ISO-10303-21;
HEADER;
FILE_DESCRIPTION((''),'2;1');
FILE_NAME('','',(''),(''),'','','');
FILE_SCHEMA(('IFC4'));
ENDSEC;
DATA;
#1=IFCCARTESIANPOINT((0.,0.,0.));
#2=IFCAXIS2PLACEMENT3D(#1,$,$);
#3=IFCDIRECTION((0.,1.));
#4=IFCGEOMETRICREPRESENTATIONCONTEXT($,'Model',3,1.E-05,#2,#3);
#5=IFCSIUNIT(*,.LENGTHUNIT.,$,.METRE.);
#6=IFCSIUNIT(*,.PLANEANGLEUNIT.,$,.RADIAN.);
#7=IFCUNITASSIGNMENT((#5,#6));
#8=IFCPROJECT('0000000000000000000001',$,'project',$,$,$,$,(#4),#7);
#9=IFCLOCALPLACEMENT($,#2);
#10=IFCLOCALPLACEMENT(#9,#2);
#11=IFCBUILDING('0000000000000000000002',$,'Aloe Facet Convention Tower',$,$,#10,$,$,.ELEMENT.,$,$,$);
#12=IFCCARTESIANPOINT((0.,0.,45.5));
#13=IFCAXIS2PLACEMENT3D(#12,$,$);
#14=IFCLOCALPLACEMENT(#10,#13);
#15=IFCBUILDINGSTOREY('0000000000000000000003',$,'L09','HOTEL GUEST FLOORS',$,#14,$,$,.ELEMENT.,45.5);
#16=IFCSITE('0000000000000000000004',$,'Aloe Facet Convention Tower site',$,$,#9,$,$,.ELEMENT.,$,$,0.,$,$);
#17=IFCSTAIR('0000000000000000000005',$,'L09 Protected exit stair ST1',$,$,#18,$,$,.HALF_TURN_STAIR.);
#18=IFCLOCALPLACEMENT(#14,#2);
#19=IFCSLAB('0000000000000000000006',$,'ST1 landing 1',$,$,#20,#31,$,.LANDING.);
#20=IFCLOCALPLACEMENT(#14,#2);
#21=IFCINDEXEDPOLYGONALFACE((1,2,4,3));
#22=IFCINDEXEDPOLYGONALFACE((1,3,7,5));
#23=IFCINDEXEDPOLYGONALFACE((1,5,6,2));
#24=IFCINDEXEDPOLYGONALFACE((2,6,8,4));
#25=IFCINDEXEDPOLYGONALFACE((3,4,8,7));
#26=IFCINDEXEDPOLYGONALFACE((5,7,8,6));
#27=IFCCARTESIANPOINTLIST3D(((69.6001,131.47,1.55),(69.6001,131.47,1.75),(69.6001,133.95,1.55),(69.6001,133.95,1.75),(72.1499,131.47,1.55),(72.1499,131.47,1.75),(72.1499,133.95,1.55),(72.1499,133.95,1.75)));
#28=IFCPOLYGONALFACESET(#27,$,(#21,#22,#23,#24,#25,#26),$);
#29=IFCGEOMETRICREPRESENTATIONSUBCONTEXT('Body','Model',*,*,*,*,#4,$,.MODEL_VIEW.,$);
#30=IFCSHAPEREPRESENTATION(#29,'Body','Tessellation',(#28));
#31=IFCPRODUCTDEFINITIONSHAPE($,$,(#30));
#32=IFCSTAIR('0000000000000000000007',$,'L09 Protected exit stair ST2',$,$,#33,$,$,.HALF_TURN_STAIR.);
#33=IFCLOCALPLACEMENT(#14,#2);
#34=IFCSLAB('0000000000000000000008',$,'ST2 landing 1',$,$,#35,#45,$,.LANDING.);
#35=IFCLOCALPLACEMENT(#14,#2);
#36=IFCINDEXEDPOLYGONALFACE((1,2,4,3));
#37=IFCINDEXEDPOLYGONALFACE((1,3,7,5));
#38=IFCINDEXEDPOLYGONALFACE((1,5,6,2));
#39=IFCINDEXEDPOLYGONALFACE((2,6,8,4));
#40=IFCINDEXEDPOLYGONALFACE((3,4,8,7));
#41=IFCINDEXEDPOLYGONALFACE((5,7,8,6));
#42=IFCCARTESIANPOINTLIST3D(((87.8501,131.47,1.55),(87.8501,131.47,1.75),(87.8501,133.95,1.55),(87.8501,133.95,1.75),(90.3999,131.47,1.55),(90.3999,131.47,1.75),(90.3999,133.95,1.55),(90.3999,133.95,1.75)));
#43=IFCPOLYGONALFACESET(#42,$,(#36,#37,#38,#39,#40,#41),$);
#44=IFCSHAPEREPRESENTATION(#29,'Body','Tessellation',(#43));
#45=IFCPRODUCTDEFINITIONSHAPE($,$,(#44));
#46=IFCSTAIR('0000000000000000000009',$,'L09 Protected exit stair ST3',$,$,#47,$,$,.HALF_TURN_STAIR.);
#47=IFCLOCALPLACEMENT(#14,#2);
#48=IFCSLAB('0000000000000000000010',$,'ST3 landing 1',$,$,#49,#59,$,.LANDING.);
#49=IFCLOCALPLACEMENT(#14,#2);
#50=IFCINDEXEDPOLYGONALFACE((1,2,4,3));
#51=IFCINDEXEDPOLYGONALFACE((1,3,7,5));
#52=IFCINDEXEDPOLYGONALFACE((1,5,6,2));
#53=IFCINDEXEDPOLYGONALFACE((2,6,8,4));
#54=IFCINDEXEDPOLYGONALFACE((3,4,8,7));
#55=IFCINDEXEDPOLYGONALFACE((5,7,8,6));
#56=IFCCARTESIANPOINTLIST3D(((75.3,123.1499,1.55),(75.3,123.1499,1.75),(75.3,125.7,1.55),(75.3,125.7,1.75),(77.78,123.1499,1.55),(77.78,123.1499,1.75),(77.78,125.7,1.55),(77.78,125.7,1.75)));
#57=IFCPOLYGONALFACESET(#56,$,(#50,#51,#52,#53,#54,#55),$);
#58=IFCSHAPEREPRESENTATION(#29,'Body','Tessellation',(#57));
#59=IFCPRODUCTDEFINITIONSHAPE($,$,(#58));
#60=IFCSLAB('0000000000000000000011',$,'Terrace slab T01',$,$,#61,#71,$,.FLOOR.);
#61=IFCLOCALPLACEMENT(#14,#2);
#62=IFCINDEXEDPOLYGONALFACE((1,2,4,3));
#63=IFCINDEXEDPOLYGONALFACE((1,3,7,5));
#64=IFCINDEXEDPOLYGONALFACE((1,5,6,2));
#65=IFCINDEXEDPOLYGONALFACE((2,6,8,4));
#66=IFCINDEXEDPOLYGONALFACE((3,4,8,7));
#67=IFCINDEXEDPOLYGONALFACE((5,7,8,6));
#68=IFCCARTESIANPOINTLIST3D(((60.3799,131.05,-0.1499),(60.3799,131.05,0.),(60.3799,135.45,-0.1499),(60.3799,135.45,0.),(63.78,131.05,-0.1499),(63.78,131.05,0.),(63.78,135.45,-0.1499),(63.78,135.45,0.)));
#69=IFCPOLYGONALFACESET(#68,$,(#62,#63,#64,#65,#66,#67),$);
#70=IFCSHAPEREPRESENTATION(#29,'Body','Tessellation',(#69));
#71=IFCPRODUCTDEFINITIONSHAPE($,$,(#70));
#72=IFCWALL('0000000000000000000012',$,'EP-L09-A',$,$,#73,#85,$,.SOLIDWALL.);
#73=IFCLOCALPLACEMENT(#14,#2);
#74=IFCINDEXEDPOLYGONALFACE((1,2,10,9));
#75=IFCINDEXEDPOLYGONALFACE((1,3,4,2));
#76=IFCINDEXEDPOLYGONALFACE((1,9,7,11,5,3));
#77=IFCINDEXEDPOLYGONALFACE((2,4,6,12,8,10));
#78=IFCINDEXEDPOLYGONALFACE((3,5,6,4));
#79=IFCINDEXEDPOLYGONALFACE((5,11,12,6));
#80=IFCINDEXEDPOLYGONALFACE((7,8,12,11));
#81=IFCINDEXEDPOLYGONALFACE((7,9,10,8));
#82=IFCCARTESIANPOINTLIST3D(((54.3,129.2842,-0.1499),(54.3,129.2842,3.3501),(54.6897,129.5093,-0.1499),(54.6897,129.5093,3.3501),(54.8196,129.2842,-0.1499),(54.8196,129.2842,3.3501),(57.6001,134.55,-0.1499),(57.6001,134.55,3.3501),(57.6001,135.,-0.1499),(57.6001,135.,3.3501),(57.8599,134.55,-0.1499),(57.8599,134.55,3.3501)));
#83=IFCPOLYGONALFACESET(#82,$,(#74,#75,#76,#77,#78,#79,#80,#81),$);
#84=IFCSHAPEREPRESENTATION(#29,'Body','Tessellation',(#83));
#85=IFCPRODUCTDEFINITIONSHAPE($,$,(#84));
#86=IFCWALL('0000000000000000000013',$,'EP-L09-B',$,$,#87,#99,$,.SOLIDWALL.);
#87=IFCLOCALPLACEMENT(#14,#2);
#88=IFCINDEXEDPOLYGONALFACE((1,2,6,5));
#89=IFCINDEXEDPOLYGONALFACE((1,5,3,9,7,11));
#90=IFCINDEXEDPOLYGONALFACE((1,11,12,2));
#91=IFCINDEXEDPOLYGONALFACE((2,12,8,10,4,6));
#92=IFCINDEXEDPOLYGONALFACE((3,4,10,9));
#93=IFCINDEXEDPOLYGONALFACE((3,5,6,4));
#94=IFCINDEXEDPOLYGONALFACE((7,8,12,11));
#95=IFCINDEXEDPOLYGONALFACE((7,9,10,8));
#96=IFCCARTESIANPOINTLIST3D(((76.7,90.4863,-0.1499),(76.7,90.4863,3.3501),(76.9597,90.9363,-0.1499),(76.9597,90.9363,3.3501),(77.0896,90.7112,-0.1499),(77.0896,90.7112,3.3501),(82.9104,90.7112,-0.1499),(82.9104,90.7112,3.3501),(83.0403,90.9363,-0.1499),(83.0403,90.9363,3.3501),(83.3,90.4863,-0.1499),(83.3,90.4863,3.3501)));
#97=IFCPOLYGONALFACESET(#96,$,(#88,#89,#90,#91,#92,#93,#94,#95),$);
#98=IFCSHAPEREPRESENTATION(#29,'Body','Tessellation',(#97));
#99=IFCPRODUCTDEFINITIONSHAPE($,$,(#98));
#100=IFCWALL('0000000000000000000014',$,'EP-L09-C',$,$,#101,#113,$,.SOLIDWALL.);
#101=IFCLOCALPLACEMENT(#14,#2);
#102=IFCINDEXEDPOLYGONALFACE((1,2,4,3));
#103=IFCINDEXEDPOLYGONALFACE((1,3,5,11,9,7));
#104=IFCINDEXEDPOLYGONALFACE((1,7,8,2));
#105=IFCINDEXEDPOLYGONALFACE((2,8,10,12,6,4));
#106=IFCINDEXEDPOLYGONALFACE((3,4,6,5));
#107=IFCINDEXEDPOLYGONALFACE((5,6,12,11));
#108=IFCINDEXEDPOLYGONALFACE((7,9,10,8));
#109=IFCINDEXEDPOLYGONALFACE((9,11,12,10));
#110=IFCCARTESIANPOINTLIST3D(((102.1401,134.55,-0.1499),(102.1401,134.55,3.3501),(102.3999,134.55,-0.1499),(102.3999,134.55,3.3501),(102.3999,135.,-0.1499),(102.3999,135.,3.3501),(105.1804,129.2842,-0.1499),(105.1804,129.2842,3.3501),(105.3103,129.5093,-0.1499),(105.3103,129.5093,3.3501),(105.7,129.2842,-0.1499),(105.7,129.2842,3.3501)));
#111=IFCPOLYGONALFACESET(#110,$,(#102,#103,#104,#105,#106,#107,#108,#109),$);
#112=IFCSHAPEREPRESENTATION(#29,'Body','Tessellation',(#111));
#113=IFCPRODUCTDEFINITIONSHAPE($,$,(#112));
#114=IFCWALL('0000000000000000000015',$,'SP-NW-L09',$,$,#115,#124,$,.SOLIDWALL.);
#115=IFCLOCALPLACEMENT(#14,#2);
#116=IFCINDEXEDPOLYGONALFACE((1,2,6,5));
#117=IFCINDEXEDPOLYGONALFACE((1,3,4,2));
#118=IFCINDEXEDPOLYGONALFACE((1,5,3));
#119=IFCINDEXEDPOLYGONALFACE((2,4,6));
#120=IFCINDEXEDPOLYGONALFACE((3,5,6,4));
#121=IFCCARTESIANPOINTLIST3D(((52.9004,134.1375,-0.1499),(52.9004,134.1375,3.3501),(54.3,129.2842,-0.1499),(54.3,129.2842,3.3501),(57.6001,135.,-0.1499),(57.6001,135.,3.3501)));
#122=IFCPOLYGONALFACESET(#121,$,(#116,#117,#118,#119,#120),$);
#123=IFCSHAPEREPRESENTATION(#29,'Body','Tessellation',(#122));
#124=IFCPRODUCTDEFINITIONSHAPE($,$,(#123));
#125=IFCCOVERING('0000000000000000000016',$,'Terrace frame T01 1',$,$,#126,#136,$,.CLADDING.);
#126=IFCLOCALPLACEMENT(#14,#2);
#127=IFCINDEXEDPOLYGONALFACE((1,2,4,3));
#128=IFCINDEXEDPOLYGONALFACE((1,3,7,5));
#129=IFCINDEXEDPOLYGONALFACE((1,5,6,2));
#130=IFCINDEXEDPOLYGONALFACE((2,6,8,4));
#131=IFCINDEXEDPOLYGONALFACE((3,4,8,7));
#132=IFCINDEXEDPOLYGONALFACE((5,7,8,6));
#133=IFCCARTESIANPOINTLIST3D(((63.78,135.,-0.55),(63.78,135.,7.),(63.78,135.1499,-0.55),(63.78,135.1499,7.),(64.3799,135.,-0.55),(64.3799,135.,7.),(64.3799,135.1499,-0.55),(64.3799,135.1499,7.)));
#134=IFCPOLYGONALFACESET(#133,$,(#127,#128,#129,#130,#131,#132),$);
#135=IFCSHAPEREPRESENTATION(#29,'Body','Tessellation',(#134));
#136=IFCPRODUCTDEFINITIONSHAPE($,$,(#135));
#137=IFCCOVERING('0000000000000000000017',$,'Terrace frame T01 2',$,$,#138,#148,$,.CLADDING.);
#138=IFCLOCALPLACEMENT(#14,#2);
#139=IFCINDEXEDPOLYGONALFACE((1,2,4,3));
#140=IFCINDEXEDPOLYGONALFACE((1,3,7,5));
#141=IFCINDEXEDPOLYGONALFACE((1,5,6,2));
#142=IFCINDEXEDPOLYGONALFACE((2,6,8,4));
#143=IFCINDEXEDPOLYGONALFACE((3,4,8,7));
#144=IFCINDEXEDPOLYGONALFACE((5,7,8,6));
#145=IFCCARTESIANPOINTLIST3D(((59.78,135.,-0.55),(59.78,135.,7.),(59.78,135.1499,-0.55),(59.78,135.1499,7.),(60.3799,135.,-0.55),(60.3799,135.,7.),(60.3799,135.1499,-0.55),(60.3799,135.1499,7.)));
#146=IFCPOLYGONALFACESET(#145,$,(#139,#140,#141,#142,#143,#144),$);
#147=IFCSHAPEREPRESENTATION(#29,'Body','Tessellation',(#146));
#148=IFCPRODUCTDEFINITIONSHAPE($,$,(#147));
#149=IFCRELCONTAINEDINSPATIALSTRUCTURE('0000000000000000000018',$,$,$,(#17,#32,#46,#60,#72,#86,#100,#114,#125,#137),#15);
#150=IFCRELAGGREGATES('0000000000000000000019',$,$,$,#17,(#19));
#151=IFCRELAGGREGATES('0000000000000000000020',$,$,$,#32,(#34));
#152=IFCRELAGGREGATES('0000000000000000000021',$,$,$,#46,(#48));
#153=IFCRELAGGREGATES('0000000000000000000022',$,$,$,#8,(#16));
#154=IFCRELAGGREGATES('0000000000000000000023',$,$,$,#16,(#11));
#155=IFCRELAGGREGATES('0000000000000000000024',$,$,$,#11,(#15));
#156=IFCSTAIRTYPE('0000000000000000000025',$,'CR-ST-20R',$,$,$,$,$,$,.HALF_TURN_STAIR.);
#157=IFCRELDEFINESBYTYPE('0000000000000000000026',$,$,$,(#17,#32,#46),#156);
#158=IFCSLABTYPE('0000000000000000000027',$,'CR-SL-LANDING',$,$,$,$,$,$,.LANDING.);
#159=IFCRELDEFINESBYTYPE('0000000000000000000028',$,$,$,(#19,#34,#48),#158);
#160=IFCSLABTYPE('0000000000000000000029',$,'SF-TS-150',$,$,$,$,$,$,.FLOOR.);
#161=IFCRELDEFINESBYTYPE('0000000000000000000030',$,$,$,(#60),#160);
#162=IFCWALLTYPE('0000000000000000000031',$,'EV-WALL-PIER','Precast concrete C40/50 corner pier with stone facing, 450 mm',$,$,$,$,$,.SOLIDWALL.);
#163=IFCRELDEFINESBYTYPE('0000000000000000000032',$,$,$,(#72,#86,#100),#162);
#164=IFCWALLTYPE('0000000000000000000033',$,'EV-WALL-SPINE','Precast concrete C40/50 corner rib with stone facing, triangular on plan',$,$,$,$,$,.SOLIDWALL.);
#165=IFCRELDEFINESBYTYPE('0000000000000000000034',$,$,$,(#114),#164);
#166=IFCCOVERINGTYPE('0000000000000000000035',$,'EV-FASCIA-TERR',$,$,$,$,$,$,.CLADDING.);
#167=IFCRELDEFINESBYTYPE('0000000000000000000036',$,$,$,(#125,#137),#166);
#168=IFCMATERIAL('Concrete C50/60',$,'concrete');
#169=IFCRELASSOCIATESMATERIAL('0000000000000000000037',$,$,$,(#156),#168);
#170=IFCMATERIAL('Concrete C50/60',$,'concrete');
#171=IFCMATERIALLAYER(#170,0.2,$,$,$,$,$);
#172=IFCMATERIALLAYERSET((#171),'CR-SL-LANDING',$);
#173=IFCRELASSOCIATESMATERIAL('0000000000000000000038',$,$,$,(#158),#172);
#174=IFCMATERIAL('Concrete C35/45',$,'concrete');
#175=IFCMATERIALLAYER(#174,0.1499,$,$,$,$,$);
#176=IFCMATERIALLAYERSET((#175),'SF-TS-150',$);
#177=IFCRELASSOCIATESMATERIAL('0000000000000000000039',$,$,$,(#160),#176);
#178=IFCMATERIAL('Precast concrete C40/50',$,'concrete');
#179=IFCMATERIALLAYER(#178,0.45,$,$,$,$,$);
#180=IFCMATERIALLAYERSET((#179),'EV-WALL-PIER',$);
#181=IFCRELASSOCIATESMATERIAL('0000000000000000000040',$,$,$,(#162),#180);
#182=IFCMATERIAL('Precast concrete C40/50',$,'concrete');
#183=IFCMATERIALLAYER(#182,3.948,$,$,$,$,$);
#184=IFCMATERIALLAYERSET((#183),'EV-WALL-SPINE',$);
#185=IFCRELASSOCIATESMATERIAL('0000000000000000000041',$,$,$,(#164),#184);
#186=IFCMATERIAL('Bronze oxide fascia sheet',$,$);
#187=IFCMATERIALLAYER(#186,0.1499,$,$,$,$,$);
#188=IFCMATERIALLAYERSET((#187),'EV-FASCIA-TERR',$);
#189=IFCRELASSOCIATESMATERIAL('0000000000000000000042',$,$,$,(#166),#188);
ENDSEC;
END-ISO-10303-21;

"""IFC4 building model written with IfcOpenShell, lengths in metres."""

from ifc_helpers import new_model, si_unit, direction, frame, origin, place, context, subcontext, project, spatial, polyline, outline, extrude, material, layer, layer_set, type_object, element, aggregate, save


model = new_model("IFC4")

# Units and contexts
model_context = context("Model", 3, precision=1e-05, world=origin(), true_north=direction((0.0, 1.0)))
body_context = subcontext(model_context, "Body", "Model", "MODEL_VIEW")
ifc_project = project(units=[si_unit("LENGTHUNIT", "METRE"), si_unit("PLANEANGLEUNIT", "RADIAN")], contexts=[model_context])

# Site, building, storey
site_placement = place(None, origin())
site = spatial("IfcSite", under=ifc_project, at=site_placement, Name="Aloe Facet Convention Tower site", CompositionType="ELEMENT", RefElevation=0.0)
building_placement = place(site_placement, origin())
building = spatial("IfcBuilding", under=site, at=building_placement, Name="Aloe Facet Convention Tower", CompositionType="ELEMENT")
storey_placement = place(building_placement, frame((0.0, 0.0, 45.5)))
storey = spatial("IfcBuildingStorey", under=building, at=storey_placement, Name="L09", Description="HOTEL GUEST FLOORS", CompositionType="ELEMENT", Elevation=45.5)

# Stairs, slabs
ifc_material_1 = material(Name="Concrete C50/60", Category="concrete")
stair_type = type_object("IfcStairType", Name="CR-ST-20R", PredefinedType="HALF_TURN_STAIR", material=ifc_material_1)
stair_1_placement = place(storey_placement, origin())
stair_1 = element("IfcStair", 1, at=stair_1_placement, inside=storey, type_object=stair_type, Name="L09 Protected exit stair ST1", PredefinedType="HALF_TURN_STAIR")
ifc_material_2 = material(Name="Concrete C50/60", Category="concrete")
ifc_layer_1 = layer(ifc_material_2, 0.2)
ifc_layer_set_1 = layer_set([ifc_layer_1], Name="CR-SL-LANDING")
slab_type_1 = type_object("IfcSlabType", Name="CR-SL-LANDING", PredefinedType="LANDING", material=ifc_layer_set_1)
slab_1_placement = place(storey_placement, frame((0.0, 0.0, 1.55)))
slab_1 = element("IfcSlab", 2, at=slab_1_placement, type_object=slab_type_1, Name="ST1 landing 1", PredefinedType="LANDING", context=body_context, shape_type="SweptSolid", body=[
    extrude(outline(polyline([(72.1499, 131.47), (72.1499, 133.95), (69.6001, 133.95), (69.6001, 131.47), (72.1499, 131.47)])), origin(), (0.0, 0.0, 1.0), 0.2),
])
aggregate(stair_1, [slab_1])
stair_2_placement = place(storey_placement, origin())
stair_2 = element("IfcStair", 3, at=stair_2_placement, inside=storey, type_object=stair_type, Name="L09 Protected exit stair ST2", PredefinedType="HALF_TURN_STAIR")
slab_2_placement = place(storey_placement, frame((0.0, 0.0, 1.55)))
slab_2 = element("IfcSlab", 4, at=slab_2_placement, type_object=slab_type_1, Name="ST2 landing 1", PredefinedType="LANDING", context=body_context, shape_type="SweptSolid", body=[
    extrude(outline(polyline([(90.3999, 131.47), (90.3999, 133.95), (87.8501, 133.95), (87.8501, 131.47), (90.3999, 131.47)])), origin(), (0.0, 0.0, 1.0), 0.2),
])
aggregate(stair_2, [slab_2])
stair_3_placement = place(storey_placement, origin())
stair_3 = element("IfcStair", 5, at=stair_3_placement, inside=storey, type_object=stair_type, Name="L09 Protected exit stair ST3", PredefinedType="HALF_TURN_STAIR")
slab_3_placement = place(storey_placement, frame((0.0, 0.0, 1.55)))
slab_3 = element("IfcSlab", 6, at=slab_3_placement, type_object=slab_type_1, Name="ST3 landing 1", PredefinedType="LANDING", context=body_context, shape_type="SweptSolid", body=[
    extrude(outline(polyline([(77.78, 125.7), (75.3, 125.7), (75.3, 123.1499), (77.78, 123.1499), (77.78, 125.7)])), origin(), (0.0, 0.0, 1.0), 0.2),
])
aggregate(stair_3, [slab_3])

# Slab
ifc_material_3 = material(Name="Concrete C35/45", Category="concrete")
ifc_layer_2 = layer(ifc_material_3, 0.1499)
ifc_layer_set_2 = layer_set([ifc_layer_2], Name="SF-TS-150")
slab_type_2 = type_object("IfcSlabType", Name="SF-TS-150", PredefinedType="FLOOR", material=ifc_layer_set_2)
slab_4_placement = place(storey_placement, frame((0.0, 0.0, -0.1499)))
element("IfcSlab", 7, at=slab_4_placement, inside=storey, type_object=slab_type_2, Name="Terrace slab T01", PredefinedType="FLOOR", context=body_context, shape_type="SweptSolid", body=[
    extrude(outline(polyline([(63.78, 135.45), (63.78, 131.05), (60.3799, 131.05), (60.3799, 135.45), (63.78, 135.45)])), origin(), (0.0, 0.0, 1.0), 0.1499),
])

# Walls
ifc_material_4 = material(Name="Precast concrete C40/50", Category="concrete")
ifc_layer_3 = layer(ifc_material_4, 0.45)
ifc_layer_set_3 = layer_set([ifc_layer_3], Name="EV-WALL-PIER")
wall_type_1 = type_object("IfcWallType", Name="EV-WALL-PIER", Description="Precast concrete C40/50 corner pier with stone facing, 450 mm", PredefinedType="SOLIDWALL", material=ifc_layer_set_3)
wall_1_placement = place(storey_placement, frame((0.0, 0.0, -0.1499)))
element("IfcWall", 8, at=wall_1_placement, inside=storey, type_object=wall_type_1, Name="EP-L09-A", PredefinedType="SOLIDWALL", context=body_context, shape_type="SweptSolid", body=[
    extrude(outline(polyline([(57.6001, 135.0), (57.6001, 134.55), (57.8599, 134.55), (54.8196, 129.2842), (54.6897, 129.5093), (54.3, 129.2842), (57.6001, 135.0)])), origin(), (0.0, 0.0, 1.0), 3.5),
])
wall_2_placement = place(storey_placement, frame((0.0, 0.0, -0.1499)))
element("IfcWall", 9, at=wall_2_placement, inside=storey, type_object=wall_type_1, Name="EP-L09-B", PredefinedType="SOLIDWALL", context=body_context, shape_type="SweptSolid", body=[
    extrude(outline(polyline([(76.7, 90.4863), (77.0896, 90.7112), (76.9597, 90.9363), (83.0403, 90.9363), (82.9104, 90.7112), (83.3, 90.4863), (76.7, 90.4863)])), origin(), (0.0, 0.0, 1.0), 3.5),
])
wall_3_placement = place(storey_placement, frame((0.0, 0.0, -0.1499)))
element("IfcWall", 10, at=wall_3_placement, inside=storey, type_object=wall_type_1, Name="EP-L09-C", PredefinedType="SOLIDWALL", context=body_context, shape_type="SweptSolid", body=[
    extrude(outline(polyline([(105.7, 129.2842), (105.3103, 129.5093), (105.1804, 129.2842), (102.1401, 134.55), (102.3999, 134.55), (102.3999, 135.0), (105.7, 129.2842)])), origin(), (0.0, 0.0, 1.0), 3.5),
])
ifc_material_5 = material(Name="Precast concrete C40/50", Category="concrete")
ifc_layer_4 = layer(ifc_material_5, 3.948)
ifc_layer_set_4 = layer_set([ifc_layer_4], Name="EV-WALL-SPINE")
wall_type_2 = type_object("IfcWallType", Name="EV-WALL-SPINE", Description="Precast concrete C40/50 corner rib with stone facing, triangular on plan", PredefinedType="SOLIDWALL", material=ifc_layer_set_4)
wall_4_placement = place(storey_placement, frame((0.0, 0.0, -0.1499)))
element("IfcWall", 11, at=wall_4_placement, inside=storey, type_object=wall_type_2, Name="SP-NW-L09", PredefinedType="SOLIDWALL", context=body_context, shape_type="SweptSolid", body=[
    extrude(outline(polyline([(57.6001, 135.0), (52.9004, 134.1375), (54.3, 129.2842), (57.6001, 135.0)])), origin(), (0.0, 0.0, 1.0), 3.5),
])

# Coverings
ifc_material_6 = material(Name="Bronze oxide fascia sheet")
ifc_layer_5 = layer(ifc_material_6, 0.1499)
ifc_layer_set_5 = layer_set([ifc_layer_5], Name="EV-FASCIA-TERR")
covering_type = type_object("IfcCoveringType", Name="EV-FASCIA-TERR", PredefinedType="CLADDING", material=ifc_layer_set_5)
covering_1_placement = place(storey_placement, frame((0.0, 0.0, -0.55)))
element("IfcCovering", 12, at=covering_1_placement, inside=storey, type_object=covering_type, Name="Terrace frame T01 1", PredefinedType="CLADDING", context=body_context, shape_type="SweptSolid", body=[
    extrude(outline(polyline([(64.3799, 135.1499), (63.78, 135.1499), (63.78, 135.0), (64.3799, 135.0), (64.3799, 135.1499)])), origin(), (0.0, 0.0, 1.0), 7.55),
])
covering_2_placement = place(storey_placement, frame((0.0, 0.0, -0.55)))
element("IfcCovering", 13, at=covering_2_placement, inside=storey, type_object=covering_type, Name="Terrace frame T01 2", PredefinedType="CLADDING", context=body_context, shape_type="SweptSolid", body=[
    extrude(outline(polyline([(60.3799, 135.1499), (59.78, 135.1499), (59.78, 135.0), (60.3799, 135.0), (60.3799, 135.1499)])), origin(), (0.0, 0.0, 1.0), 7.55),
])

save(model, "model.ifc")
